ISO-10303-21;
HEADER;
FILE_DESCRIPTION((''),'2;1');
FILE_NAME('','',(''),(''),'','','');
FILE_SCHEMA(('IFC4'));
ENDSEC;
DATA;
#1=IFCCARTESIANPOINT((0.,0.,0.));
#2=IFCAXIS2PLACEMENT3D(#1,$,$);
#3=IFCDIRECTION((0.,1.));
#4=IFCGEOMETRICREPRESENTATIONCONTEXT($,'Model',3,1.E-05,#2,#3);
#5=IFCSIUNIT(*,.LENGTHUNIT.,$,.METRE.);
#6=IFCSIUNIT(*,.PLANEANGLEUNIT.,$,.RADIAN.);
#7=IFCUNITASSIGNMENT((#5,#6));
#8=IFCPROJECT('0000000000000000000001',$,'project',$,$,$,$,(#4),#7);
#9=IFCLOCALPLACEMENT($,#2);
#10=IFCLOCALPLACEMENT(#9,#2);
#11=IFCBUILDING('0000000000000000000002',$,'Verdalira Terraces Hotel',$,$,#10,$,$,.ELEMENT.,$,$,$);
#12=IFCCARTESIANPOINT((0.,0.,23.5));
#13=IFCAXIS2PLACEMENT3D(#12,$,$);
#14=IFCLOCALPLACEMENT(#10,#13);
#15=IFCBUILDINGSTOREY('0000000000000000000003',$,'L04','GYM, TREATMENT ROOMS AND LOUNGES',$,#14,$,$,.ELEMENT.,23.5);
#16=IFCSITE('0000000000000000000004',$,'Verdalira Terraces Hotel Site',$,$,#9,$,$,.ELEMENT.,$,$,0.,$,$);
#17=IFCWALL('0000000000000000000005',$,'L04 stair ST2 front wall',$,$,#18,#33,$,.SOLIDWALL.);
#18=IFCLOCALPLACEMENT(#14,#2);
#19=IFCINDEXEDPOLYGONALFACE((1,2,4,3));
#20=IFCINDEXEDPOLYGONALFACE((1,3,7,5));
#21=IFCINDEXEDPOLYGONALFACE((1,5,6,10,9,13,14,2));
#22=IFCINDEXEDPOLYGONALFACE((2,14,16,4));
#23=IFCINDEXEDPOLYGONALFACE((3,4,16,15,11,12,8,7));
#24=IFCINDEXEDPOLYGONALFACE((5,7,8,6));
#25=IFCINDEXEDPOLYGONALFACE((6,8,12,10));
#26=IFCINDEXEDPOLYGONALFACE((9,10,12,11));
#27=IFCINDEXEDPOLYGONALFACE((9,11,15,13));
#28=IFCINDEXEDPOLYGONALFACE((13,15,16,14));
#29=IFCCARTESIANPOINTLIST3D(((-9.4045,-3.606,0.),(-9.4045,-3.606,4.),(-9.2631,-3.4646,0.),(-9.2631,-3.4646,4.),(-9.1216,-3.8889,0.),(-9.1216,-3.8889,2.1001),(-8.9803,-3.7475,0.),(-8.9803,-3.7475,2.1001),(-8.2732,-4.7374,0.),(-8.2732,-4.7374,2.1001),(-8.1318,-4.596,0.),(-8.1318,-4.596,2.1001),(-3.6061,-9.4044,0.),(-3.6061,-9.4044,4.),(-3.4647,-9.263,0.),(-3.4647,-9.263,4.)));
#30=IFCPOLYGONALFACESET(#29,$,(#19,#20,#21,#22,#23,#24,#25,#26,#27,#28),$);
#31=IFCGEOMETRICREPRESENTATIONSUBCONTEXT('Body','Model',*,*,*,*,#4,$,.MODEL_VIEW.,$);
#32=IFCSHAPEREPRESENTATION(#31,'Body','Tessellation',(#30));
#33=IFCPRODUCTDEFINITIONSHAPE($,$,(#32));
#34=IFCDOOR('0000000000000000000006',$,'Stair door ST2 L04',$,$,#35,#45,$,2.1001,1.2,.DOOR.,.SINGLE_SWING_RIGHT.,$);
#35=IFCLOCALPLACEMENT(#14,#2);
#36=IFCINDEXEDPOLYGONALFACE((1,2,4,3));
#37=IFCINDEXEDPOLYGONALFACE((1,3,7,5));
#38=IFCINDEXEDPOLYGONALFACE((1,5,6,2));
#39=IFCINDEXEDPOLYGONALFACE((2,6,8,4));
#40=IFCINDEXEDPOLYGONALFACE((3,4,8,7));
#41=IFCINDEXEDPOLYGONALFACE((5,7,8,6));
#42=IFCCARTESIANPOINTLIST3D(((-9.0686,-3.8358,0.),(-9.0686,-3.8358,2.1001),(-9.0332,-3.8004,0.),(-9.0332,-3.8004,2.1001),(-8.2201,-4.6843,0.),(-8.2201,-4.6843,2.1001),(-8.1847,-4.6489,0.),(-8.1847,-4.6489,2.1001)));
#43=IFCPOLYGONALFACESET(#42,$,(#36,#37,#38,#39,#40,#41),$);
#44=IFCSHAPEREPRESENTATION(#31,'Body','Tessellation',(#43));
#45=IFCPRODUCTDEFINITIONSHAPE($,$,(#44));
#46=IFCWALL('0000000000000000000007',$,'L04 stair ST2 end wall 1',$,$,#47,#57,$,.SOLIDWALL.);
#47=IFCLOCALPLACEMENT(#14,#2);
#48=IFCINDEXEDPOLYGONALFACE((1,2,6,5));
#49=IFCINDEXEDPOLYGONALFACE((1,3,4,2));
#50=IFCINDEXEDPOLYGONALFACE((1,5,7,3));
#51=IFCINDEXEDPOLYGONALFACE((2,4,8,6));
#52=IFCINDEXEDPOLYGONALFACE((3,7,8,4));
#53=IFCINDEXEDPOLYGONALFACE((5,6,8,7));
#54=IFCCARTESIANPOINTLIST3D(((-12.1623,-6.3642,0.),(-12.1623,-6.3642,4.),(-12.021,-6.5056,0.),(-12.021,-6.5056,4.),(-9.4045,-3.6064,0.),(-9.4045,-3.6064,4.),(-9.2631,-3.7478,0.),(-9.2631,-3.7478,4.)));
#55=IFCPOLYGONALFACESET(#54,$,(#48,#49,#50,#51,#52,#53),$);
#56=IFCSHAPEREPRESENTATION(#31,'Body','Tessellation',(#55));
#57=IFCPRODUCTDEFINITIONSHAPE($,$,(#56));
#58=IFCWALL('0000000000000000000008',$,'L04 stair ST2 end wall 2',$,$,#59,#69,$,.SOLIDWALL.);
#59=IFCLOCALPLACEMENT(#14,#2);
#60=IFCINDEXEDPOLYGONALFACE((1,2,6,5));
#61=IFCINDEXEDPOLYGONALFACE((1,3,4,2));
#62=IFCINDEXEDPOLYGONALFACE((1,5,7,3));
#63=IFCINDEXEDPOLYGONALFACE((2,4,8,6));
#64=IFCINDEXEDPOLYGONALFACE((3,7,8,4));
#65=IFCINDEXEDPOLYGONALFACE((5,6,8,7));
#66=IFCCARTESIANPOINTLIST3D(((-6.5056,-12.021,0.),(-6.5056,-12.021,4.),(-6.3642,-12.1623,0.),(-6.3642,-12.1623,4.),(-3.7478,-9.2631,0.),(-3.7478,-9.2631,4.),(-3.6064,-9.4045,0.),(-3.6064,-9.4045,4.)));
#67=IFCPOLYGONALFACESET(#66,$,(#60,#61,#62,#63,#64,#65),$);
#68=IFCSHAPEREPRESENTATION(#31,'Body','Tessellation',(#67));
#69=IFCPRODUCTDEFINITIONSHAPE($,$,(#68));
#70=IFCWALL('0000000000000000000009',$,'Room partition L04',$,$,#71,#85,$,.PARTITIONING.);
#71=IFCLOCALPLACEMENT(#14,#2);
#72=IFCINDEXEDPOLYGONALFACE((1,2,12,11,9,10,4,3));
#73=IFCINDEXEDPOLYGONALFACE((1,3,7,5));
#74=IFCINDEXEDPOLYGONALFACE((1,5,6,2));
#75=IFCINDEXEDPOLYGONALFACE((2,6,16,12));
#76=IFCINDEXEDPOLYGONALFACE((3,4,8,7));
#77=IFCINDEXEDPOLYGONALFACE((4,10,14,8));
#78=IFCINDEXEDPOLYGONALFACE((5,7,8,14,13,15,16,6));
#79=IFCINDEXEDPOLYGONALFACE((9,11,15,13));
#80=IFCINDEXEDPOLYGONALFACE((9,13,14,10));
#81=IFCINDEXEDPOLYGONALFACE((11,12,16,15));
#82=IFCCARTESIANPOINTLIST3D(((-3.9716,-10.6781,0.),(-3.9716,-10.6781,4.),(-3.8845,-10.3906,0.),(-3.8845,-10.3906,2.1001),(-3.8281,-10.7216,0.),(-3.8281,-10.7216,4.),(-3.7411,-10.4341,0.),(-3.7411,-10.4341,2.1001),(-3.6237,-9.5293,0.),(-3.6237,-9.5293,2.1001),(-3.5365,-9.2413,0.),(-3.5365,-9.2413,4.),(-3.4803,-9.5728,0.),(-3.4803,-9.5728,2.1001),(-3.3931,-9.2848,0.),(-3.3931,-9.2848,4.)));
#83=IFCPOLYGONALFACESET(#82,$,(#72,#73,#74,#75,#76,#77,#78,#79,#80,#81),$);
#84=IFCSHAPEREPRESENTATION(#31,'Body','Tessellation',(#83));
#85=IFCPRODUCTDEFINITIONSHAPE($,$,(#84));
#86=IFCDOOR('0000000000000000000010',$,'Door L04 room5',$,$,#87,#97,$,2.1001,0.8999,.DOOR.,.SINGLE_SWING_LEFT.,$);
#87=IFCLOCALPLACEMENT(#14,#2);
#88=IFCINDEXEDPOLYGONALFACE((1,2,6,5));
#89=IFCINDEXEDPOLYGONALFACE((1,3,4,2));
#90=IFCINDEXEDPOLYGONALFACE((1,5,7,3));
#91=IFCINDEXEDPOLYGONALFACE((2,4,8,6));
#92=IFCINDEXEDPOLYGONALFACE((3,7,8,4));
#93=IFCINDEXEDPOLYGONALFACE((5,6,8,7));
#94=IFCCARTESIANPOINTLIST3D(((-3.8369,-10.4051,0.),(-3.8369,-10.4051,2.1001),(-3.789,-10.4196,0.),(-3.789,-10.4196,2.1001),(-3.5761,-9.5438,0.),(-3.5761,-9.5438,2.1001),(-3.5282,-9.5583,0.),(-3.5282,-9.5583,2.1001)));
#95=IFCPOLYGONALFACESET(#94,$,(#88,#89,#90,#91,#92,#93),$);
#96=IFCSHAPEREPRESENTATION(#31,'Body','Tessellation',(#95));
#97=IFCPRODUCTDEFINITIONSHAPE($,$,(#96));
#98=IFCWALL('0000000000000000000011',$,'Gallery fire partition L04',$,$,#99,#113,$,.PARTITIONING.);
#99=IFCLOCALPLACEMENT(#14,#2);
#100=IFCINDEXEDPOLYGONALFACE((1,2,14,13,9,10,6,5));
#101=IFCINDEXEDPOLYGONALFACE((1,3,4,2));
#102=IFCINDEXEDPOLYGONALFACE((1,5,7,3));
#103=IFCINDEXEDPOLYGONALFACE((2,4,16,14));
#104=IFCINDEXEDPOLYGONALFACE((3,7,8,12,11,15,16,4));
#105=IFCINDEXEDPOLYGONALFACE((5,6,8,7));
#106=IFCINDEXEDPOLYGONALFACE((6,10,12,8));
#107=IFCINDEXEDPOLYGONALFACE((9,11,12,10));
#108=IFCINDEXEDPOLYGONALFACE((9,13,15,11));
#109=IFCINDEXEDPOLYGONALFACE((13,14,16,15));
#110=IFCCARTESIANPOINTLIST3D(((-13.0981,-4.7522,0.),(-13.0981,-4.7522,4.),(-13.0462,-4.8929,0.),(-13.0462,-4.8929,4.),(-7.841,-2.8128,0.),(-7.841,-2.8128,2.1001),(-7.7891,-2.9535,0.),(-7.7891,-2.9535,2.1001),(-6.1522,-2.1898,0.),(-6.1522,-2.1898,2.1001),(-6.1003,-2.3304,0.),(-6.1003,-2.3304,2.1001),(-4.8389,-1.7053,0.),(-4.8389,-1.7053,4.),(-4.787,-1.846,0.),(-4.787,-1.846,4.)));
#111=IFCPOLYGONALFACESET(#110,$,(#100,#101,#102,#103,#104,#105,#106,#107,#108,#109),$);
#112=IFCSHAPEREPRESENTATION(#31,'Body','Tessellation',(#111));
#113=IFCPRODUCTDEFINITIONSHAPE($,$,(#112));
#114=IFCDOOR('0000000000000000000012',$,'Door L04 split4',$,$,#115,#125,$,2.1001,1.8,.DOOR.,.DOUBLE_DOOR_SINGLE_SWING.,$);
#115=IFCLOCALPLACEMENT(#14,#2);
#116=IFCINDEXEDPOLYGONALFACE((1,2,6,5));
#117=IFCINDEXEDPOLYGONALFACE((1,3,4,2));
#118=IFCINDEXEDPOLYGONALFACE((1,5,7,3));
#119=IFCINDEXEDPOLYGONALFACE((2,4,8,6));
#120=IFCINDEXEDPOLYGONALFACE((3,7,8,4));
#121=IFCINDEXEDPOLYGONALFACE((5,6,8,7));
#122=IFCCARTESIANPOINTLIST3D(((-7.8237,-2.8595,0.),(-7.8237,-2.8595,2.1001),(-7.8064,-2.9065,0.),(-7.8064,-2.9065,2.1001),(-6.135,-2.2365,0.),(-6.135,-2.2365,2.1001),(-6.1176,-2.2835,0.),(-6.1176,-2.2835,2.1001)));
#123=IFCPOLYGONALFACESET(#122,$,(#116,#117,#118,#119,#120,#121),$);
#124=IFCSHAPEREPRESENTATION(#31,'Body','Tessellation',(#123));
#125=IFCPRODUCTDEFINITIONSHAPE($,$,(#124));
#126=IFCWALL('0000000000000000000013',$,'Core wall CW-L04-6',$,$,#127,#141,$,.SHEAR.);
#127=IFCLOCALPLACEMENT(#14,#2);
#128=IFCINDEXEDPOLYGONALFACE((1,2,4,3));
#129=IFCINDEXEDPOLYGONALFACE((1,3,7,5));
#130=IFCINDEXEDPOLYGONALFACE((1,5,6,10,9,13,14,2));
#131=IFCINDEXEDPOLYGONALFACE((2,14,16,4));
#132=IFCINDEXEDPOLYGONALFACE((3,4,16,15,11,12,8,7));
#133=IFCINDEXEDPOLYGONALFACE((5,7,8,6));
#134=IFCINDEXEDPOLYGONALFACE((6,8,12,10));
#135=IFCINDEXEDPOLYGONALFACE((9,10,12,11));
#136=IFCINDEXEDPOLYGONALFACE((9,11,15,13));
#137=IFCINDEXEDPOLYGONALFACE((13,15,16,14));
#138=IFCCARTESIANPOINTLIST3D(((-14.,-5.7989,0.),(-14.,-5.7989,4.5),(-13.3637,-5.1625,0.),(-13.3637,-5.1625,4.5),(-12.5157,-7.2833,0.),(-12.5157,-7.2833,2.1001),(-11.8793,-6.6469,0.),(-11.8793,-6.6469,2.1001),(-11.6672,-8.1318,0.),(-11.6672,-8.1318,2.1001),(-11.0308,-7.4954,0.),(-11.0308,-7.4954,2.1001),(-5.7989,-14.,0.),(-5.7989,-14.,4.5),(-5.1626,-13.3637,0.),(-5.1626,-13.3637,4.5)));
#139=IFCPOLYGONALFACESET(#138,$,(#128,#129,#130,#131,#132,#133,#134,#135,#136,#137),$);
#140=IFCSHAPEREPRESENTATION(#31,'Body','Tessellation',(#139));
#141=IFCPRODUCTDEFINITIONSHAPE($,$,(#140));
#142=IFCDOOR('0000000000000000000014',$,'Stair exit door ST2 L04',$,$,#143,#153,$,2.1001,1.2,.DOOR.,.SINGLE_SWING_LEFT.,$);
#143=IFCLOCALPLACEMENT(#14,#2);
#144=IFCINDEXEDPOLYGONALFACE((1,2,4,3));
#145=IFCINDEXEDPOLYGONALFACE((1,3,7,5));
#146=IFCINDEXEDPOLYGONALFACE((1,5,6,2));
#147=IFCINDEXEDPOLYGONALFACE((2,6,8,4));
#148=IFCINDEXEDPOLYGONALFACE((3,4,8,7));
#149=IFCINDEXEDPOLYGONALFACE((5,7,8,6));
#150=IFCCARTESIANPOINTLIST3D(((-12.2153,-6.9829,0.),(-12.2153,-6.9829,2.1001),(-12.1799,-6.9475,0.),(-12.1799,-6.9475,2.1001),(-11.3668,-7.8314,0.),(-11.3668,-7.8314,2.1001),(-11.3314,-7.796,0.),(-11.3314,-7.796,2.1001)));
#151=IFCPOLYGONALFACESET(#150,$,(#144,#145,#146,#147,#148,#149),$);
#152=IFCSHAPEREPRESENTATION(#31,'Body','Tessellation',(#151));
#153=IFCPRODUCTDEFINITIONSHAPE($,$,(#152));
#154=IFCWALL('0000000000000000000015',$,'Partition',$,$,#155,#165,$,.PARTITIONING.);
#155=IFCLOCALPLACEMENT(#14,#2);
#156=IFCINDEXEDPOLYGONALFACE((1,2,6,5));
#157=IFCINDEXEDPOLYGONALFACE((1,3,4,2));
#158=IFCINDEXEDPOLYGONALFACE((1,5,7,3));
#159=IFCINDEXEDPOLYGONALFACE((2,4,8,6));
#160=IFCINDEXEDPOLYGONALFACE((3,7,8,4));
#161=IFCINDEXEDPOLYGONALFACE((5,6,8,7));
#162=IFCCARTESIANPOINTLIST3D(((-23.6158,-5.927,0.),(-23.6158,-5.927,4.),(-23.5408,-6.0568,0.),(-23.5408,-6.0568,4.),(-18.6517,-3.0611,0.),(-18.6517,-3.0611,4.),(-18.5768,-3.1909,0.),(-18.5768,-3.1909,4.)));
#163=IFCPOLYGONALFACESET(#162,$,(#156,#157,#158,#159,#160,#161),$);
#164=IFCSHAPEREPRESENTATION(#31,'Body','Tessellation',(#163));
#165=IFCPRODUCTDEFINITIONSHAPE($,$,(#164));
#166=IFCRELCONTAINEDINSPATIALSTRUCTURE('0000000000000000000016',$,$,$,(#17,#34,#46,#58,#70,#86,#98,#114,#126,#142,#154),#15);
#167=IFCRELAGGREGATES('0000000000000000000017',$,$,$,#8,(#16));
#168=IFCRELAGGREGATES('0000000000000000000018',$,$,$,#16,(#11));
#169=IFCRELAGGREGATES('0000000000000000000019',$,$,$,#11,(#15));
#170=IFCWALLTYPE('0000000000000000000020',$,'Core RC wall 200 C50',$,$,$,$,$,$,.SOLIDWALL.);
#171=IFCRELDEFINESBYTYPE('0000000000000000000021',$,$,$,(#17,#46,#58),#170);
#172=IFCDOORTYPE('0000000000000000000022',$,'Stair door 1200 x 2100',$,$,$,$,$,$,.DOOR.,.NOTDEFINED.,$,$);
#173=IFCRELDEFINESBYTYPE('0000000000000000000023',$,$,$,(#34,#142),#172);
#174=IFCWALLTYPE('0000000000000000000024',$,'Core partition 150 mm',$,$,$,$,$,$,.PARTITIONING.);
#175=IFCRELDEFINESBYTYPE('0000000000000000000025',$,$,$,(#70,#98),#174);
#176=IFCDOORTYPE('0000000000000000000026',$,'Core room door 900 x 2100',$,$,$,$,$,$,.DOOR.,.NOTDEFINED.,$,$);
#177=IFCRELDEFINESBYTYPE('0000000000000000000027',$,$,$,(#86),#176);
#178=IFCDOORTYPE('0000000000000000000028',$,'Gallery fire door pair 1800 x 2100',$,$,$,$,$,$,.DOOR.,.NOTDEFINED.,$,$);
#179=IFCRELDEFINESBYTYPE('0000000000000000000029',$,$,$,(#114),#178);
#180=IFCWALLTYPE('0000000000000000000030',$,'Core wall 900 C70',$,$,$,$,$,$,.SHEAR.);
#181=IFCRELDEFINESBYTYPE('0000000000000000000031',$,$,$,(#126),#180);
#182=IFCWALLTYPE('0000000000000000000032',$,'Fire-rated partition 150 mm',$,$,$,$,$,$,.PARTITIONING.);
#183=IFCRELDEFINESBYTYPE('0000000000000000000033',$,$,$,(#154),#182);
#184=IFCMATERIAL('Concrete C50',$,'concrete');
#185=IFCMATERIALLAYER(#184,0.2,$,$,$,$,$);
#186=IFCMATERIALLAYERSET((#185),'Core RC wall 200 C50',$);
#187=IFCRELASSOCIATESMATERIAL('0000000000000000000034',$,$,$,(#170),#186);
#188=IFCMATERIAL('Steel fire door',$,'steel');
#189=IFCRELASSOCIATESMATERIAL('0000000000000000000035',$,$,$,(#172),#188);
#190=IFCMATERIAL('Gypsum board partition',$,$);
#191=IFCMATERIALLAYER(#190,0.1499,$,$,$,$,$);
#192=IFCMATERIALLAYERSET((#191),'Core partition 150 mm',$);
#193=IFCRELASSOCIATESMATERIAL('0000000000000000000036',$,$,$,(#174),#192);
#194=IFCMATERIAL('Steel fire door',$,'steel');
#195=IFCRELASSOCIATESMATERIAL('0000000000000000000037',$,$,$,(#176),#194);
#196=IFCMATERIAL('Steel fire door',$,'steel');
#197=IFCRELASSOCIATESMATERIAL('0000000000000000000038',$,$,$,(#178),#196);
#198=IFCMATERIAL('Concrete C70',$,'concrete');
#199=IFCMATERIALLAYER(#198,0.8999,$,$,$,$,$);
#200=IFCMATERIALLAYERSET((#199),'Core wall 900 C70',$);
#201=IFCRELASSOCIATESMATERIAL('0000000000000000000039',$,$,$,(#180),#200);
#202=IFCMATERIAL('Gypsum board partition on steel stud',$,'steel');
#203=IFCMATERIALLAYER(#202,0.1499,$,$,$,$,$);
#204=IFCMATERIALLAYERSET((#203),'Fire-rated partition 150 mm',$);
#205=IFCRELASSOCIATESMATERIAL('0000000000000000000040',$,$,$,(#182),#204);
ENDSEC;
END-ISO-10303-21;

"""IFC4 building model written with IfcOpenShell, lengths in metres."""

from ifc_helpers import new_model, si_unit, direction, frame, frame_2d, origin, place, context, subcontext, project, spatial, rectangle, extrude, material, layer, layer_set, type_object, element, fill, save


model = new_model("IFC4")

# Units and contexts
model_context = context("Model", 3, precision=1e-05, world=origin(), true_north=direction((0.0, 1.0)))
body_context = subcontext(model_context, "Body", "Model", "MODEL_VIEW")
ifc_project = project(units=[si_unit("LENGTHUNIT", "METRE"), si_unit("PLANEANGLEUNIT", "RADIAN")], contexts=[model_context])

# Site, building, storey
site_placement = place(None, origin())
site = spatial("IfcSite", under=ifc_project, at=site_placement, Name="Verdalira Terraces Hotel Site", CompositionType="ELEMENT", RefElevation=0.0)
building_placement = place(site_placement, origin())
building = spatial("IfcBuilding", under=site, at=building_placement, Name="Verdalira Terraces Hotel", CompositionType="ELEMENT")
storey_placement = place(building_placement, frame((0.0, 0.0, 23.5)))
storey = spatial("IfcBuildingStorey", under=building, at=storey_placement, Name="L04", Description="GYM, TREATMENT ROOMS AND LOUNGES", CompositionType="ELEMENT", Elevation=23.5)

# Shared definitions
ifc_material_1 = material(Name="Concrete C50", Category="concrete")
ifc_layer_1 = layer(ifc_material_1, 0.2)
ifc_layer_set_1 = layer_set([ifc_layer_1], Name="Core RC wall 200 C50")
wall_type_1 = type_object("IfcWallType", Name="Core RC wall 200 C50", PredefinedType="SOLIDWALL", material=ifc_layer_set_1)

# Wall, opening, door
wall_1_placement = place(storey_placement, frame((-3.5354, -9.3337, 0.0), z_axis=(0.0, 0.0, 1.0), x_axis=(-0.707107, 0.707107, 0.0)))
wall_1 = element("IfcWall", 1, at=wall_1_placement, inside=storey, type_object=wall_type_1, Name="L04 stair ST2 front wall", PredefinedType="SOLIDWALL", context=body_context, shape_type="SweptSolid", body=[
    extrude(rectangle(XDim=8.2002, YDim=0.2, at=frame_2d((4.1001, 0.0))), origin(), (0.0, 0.0, 1.0), 4.0),
])
opening_1_placement = place(wall_1_placement, frame((6.6001, 0.0, 0.0)))
opening_1 = element("IfcOpeningElement", 2, at=opening_1_placement, cuts=wall_1, PredefinedType="OPENING", context=body_context, shape_type="SweptSolid", body=[
    extrude(rectangle(XDim=1.2, YDim=2.1001, at=frame_2d((0.6001, 1.05))), frame((0.0, 0.1099, 0.0), z_axis=(0.0, -1.0, 0.0), x_axis=(1.0, 0.0, 0.0)), (0.0, 0.0, 1.0), 0.22),
])
ifc_material_2 = material(Name="Steel fire door", Category="steel")
door_type_1 = type_object("IfcDoorType", Name="Stair door 1200 x 2100", OperationType="NOTDEFINED", PredefinedType="DOOR", material=ifc_material_2)
door_1_placement = place(opening_1_placement, origin())
door_1 = element("IfcDoor", 3, at=door_1_placement, inside=storey, type_object=door_type_1, Name="Stair door ST2 L04", OperationType="SINGLE_SWING_RIGHT", OverallHeight=2.1001, OverallWidth=1.2, PredefinedType="DOOR", context=body_context, shape_type="SweptSolid", body=[
    extrude(rectangle(XDim=1.2, YDim=2.1001, at=frame_2d((0.6001, 1.05))), frame((0.0, 0.0249, 0.0), z_axis=(0.0, -1.0, 0.0), x_axis=(1.0, 0.0, 0.0)), (0.0, 0.0, 1.0), 0.05),
])
fill(opening_1, door_1)

# Walls
for number, where, z_axis, x_axis, name in (
    (4, (-9.3337, -3.677, 0.0), (0.0, 0.0, 1.0), (-0.707107, -0.707107, 0.0), "L04 stair ST2 end wall 1"),
    (5, (-3.677, -9.3337, 0.0), (0.0, 0.0, 1.0), (-0.707107, -0.707107, 0.0), "L04 stair ST2 end wall 2"),
):
    element("IfcWall", number, at=place(storey_placement, frame(where, z_axis=z_axis, x_axis=x_axis)), inside=storey, type_object=wall_type_1, Name=name, PredefinedType="SOLIDWALL", context=body_context, shape_type="SweptSolid", body=[
        extrude(rectangle(XDim=3.9001, YDim=0.2, at=frame_2d((1.9502, 0.0))), origin(), (0.0, 0.0, 1.0), 4.0),
    ])

# Walls, openings, doors
ifc_material_3 = material(Name="Gypsum board partition")
ifc_layer_2 = layer(ifc_material_3, 0.1499)
ifc_layer_set_2 = layer_set([ifc_layer_2], Name="Core partition 150 mm")
wall_type_2 = type_object("IfcWallType", Name="Core partition 150 mm", PredefinedType="PARTITIONING", material=ifc_layer_set_2)
wall_2_placement = place(storey_placement, frame((-3.4648, -9.2632, 0.0), z_axis=(0.0, 0.0, 1.0), x_axis=(-0.289809, -0.957085, 0.0)))
wall_2 = element("IfcWall", 6, at=wall_2_placement, inside=storey, type_object=wall_type_2, Name="Room partition L04", PredefinedType="PARTITIONING", context=body_context, shape_type="SweptSolid", body=[
    extrude(rectangle(XDim=1.5012, YDim=0.1499, at=frame_2d((0.7505, 0.0))), origin(), (0.0, 0.0, 1.0), 4.0),
])
opening_2_placement = place(wall_2_placement, frame((0.3008, 0.0, 0.0)))
opening_2 = element("IfcOpeningElement", 7, at=opening_2_placement, cuts=wall_2, PredefinedType="OPENING", context=body_context, shape_type="SweptSolid", body=[
    extrude(rectangle(XDim=0.8999, YDim=2.1001, at=frame_2d((0.45, 1.05))), frame((0.0, 0.085, 0.0), z_axis=(0.0, -1.0, 0.0), x_axis=(1.0, 0.0, 0.0)), (0.0, 0.0, 1.0), 0.1699),
])
ifc_material_4 = material(Name="Steel fire door", Category="steel")
door_type_2 = type_object("IfcDoorType", Name="Core room door 900 x 2100", OperationType="NOTDEFINED", PredefinedType="DOOR", material=ifc_material_4)
door_2_placement = place(opening_2_placement, origin())
door_2 = element("IfcDoor", 8, at=door_2_placement, inside=storey, type_object=door_type_2, Name="Door L04 room5", OperationType="SINGLE_SWING_LEFT", OverallHeight=2.1001, OverallWidth=0.8999, PredefinedType="DOOR", context=body_context, shape_type="SweptSolid", body=[
    extrude(rectangle(XDim=0.8999, YDim=2.1001, at=frame_2d((0.45, 1.05))), frame((0.0, 0.0249, 0.0), z_axis=(0.0, -1.0, 0.0), x_axis=(1.0, 0.0, 0.0)), (0.0, 0.0, 1.0), 0.05),
])
fill(opening_2, door_2)
wall_3_placement = place(storey_placement, frame((-4.813, -1.7756, 0.0), z_axis=(0.0, 0.0, 1.0), x_axis=(-0.938193, -0.346113, 0.0)))
wall_3 = element("IfcWall", 9, at=wall_3_placement, inside=storey, type_object=wall_type_2, Name="Gallery fire partition L04", PredefinedType="PARTITIONING", context=body_context, shape_type="SweptSolid", body=[
    extrude(rectangle(XDim=8.8032, YDim=0.1499, at=frame_2d((4.4016, 0.0))), origin(), (0.0, 0.0, 1.0), 4.0),
])
opening_3_placement = place(wall_3_placement, frame((1.3999, 0.0, 0.0)))
opening_3 = element("IfcOpeningElement", 10, at=opening_3_placement, cuts=wall_3, PredefinedType="OPENING", context=body_context, shape_type="SweptSolid", body=[
    extrude(rectangle(XDim=1.8, YDim=2.1001, at=frame_2d((0.8999, 1.05))), frame((0.0, 0.085, 0.0), z_axis=(0.0, -1.0, 0.0), x_axis=(1.0, 0.0, 0.0)), (0.0, 0.0, 1.0), 0.1699),
])
ifc_material_5 = material(Name="Steel fire door", Category="steel")
door_type_3 = type_object("IfcDoorType", Name="Gallery fire door pair 1800 x 2100", OperationType="NOTDEFINED", PredefinedType="DOOR", material=ifc_material_5)
door_3_placement = place(opening_3_placement, origin())
door_3 = element("IfcDoor", 11, at=door_3_placement, inside=storey, type_object=door_type_3, Name="Door L04 split4", OperationType="DOUBLE_DOOR_SINGLE_SWING", OverallHeight=2.1001, OverallWidth=1.8, PredefinedType="DOOR", context=body_context, shape_type="SweptSolid", body=[
    extrude(rectangle(XDim=1.8, YDim=2.1001, at=frame_2d((0.8999, 1.05))), frame((0.0, 0.0249, 0.0), z_axis=(0.0, -1.0, 0.0), x_axis=(1.0, 0.0, 0.0)), (0.0, 0.0, 1.0), 0.05),
])
fill(opening_3, door_3)
ifc_material_6 = material(Name="Concrete C70", Category="concrete")
ifc_layer_3 = layer(ifc_material_6, 0.8999)
ifc_layer_set_3 = layer_set([ifc_layer_3], Name="Core wall 900 C70")
wall_type_3 = type_object("IfcWallType", Name="Core wall 900 C70", PredefinedType="SHEAR", material=ifc_layer_set_3)
wall_4_placement = place(storey_placement, frame((-13.6819, -5.4807, 0.0), z_axis=(0.0, 0.0, 1.0), x_axis=(0.707107, -0.707107, 0.0)))
wall_4 = element("IfcWall", 12, at=wall_4_placement, inside=storey, type_object=wall_type_3, Name="Core wall CW-L04-6", PredefinedType="SHEAR", context=body_context, shape_type="SweptSolid", body=[
    extrude(rectangle(XDim=11.5981, YDim=0.8999, at=frame_2d((5.7991, 0.0))), origin(), (0.0, 0.0, 1.0), 4.5),
])
opening_4_placement = place(wall_4_placement, frame((2.0991, 0.0, 0.0)))
opening_4 = element("IfcOpeningElement", 13, at=opening_4_placement, cuts=wall_4, PredefinedType="OPENING", context=body_context, shape_type="SweptSolid", body=[
    extrude(rectangle(XDim=1.2, YDim=2.1001, at=frame_2d((0.6001, 1.05))), frame((0.0, 0.46, 0.0), z_axis=(0.0, -1.0, 0.0), x_axis=(1.0, 0.0, 0.0)), (0.0, 0.0, 1.0), 0.9199),
])
door_4_placement = place(opening_4_placement, origin())
door_4 = element("IfcDoor", 14, at=door_4_placement, inside=storey, type_object=door_type_1, Name="Stair exit door ST2 L04", OperationType="SINGLE_SWING_LEFT", OverallHeight=2.1001, OverallWidth=1.2, PredefinedType="DOOR", context=body_context, shape_type="SweptSolid", body=[
    extrude(rectangle(XDim=1.2, YDim=2.1001, at=frame_2d((0.6001, 1.05))), frame((0.0, 0.0249, 0.0), z_axis=(0.0, -1.0, 0.0), x_axis=(1.0, 0.0, 0.0)), (0.0, 0.0, 1.0), 0.05),
])
fill(opening_4, door_4)

# Wall
ifc_material_7 = material(Name="Gypsum board partition on steel stud", Category="steel")
ifc_layer_4 = layer(ifc_material_7, 0.1499)
ifc_layer_set_4 = layer_set([ifc_layer_4], Name="Fire-rated partition 150 mm")
wall_type_4 = type_object("IfcWallType", Name="Fire-rated partition 150 mm", PredefinedType="PARTITIONING", material=ifc_layer_set_4)
wall_5_placement = place(storey_placement, frame((-18.6143, -3.126, 0.0), z_axis=(0.0, 0.0, 1.0), x_axis=(-0.86603, -0.499992, 0.0)))
element("IfcWall", 15, at=wall_5_placement, inside=storey, type_object=wall_type_4, Name="Partition", PredefinedType="PARTITIONING", context=body_context, shape_type="SweptSolid", body=[
    extrude(rectangle(XDim=5.7319, YDim=0.1499, at=frame_2d((2.866, 0.0))), origin(), (0.0, 0.0, 1.0), 4.0),
])

save(model, "model.ifc")
